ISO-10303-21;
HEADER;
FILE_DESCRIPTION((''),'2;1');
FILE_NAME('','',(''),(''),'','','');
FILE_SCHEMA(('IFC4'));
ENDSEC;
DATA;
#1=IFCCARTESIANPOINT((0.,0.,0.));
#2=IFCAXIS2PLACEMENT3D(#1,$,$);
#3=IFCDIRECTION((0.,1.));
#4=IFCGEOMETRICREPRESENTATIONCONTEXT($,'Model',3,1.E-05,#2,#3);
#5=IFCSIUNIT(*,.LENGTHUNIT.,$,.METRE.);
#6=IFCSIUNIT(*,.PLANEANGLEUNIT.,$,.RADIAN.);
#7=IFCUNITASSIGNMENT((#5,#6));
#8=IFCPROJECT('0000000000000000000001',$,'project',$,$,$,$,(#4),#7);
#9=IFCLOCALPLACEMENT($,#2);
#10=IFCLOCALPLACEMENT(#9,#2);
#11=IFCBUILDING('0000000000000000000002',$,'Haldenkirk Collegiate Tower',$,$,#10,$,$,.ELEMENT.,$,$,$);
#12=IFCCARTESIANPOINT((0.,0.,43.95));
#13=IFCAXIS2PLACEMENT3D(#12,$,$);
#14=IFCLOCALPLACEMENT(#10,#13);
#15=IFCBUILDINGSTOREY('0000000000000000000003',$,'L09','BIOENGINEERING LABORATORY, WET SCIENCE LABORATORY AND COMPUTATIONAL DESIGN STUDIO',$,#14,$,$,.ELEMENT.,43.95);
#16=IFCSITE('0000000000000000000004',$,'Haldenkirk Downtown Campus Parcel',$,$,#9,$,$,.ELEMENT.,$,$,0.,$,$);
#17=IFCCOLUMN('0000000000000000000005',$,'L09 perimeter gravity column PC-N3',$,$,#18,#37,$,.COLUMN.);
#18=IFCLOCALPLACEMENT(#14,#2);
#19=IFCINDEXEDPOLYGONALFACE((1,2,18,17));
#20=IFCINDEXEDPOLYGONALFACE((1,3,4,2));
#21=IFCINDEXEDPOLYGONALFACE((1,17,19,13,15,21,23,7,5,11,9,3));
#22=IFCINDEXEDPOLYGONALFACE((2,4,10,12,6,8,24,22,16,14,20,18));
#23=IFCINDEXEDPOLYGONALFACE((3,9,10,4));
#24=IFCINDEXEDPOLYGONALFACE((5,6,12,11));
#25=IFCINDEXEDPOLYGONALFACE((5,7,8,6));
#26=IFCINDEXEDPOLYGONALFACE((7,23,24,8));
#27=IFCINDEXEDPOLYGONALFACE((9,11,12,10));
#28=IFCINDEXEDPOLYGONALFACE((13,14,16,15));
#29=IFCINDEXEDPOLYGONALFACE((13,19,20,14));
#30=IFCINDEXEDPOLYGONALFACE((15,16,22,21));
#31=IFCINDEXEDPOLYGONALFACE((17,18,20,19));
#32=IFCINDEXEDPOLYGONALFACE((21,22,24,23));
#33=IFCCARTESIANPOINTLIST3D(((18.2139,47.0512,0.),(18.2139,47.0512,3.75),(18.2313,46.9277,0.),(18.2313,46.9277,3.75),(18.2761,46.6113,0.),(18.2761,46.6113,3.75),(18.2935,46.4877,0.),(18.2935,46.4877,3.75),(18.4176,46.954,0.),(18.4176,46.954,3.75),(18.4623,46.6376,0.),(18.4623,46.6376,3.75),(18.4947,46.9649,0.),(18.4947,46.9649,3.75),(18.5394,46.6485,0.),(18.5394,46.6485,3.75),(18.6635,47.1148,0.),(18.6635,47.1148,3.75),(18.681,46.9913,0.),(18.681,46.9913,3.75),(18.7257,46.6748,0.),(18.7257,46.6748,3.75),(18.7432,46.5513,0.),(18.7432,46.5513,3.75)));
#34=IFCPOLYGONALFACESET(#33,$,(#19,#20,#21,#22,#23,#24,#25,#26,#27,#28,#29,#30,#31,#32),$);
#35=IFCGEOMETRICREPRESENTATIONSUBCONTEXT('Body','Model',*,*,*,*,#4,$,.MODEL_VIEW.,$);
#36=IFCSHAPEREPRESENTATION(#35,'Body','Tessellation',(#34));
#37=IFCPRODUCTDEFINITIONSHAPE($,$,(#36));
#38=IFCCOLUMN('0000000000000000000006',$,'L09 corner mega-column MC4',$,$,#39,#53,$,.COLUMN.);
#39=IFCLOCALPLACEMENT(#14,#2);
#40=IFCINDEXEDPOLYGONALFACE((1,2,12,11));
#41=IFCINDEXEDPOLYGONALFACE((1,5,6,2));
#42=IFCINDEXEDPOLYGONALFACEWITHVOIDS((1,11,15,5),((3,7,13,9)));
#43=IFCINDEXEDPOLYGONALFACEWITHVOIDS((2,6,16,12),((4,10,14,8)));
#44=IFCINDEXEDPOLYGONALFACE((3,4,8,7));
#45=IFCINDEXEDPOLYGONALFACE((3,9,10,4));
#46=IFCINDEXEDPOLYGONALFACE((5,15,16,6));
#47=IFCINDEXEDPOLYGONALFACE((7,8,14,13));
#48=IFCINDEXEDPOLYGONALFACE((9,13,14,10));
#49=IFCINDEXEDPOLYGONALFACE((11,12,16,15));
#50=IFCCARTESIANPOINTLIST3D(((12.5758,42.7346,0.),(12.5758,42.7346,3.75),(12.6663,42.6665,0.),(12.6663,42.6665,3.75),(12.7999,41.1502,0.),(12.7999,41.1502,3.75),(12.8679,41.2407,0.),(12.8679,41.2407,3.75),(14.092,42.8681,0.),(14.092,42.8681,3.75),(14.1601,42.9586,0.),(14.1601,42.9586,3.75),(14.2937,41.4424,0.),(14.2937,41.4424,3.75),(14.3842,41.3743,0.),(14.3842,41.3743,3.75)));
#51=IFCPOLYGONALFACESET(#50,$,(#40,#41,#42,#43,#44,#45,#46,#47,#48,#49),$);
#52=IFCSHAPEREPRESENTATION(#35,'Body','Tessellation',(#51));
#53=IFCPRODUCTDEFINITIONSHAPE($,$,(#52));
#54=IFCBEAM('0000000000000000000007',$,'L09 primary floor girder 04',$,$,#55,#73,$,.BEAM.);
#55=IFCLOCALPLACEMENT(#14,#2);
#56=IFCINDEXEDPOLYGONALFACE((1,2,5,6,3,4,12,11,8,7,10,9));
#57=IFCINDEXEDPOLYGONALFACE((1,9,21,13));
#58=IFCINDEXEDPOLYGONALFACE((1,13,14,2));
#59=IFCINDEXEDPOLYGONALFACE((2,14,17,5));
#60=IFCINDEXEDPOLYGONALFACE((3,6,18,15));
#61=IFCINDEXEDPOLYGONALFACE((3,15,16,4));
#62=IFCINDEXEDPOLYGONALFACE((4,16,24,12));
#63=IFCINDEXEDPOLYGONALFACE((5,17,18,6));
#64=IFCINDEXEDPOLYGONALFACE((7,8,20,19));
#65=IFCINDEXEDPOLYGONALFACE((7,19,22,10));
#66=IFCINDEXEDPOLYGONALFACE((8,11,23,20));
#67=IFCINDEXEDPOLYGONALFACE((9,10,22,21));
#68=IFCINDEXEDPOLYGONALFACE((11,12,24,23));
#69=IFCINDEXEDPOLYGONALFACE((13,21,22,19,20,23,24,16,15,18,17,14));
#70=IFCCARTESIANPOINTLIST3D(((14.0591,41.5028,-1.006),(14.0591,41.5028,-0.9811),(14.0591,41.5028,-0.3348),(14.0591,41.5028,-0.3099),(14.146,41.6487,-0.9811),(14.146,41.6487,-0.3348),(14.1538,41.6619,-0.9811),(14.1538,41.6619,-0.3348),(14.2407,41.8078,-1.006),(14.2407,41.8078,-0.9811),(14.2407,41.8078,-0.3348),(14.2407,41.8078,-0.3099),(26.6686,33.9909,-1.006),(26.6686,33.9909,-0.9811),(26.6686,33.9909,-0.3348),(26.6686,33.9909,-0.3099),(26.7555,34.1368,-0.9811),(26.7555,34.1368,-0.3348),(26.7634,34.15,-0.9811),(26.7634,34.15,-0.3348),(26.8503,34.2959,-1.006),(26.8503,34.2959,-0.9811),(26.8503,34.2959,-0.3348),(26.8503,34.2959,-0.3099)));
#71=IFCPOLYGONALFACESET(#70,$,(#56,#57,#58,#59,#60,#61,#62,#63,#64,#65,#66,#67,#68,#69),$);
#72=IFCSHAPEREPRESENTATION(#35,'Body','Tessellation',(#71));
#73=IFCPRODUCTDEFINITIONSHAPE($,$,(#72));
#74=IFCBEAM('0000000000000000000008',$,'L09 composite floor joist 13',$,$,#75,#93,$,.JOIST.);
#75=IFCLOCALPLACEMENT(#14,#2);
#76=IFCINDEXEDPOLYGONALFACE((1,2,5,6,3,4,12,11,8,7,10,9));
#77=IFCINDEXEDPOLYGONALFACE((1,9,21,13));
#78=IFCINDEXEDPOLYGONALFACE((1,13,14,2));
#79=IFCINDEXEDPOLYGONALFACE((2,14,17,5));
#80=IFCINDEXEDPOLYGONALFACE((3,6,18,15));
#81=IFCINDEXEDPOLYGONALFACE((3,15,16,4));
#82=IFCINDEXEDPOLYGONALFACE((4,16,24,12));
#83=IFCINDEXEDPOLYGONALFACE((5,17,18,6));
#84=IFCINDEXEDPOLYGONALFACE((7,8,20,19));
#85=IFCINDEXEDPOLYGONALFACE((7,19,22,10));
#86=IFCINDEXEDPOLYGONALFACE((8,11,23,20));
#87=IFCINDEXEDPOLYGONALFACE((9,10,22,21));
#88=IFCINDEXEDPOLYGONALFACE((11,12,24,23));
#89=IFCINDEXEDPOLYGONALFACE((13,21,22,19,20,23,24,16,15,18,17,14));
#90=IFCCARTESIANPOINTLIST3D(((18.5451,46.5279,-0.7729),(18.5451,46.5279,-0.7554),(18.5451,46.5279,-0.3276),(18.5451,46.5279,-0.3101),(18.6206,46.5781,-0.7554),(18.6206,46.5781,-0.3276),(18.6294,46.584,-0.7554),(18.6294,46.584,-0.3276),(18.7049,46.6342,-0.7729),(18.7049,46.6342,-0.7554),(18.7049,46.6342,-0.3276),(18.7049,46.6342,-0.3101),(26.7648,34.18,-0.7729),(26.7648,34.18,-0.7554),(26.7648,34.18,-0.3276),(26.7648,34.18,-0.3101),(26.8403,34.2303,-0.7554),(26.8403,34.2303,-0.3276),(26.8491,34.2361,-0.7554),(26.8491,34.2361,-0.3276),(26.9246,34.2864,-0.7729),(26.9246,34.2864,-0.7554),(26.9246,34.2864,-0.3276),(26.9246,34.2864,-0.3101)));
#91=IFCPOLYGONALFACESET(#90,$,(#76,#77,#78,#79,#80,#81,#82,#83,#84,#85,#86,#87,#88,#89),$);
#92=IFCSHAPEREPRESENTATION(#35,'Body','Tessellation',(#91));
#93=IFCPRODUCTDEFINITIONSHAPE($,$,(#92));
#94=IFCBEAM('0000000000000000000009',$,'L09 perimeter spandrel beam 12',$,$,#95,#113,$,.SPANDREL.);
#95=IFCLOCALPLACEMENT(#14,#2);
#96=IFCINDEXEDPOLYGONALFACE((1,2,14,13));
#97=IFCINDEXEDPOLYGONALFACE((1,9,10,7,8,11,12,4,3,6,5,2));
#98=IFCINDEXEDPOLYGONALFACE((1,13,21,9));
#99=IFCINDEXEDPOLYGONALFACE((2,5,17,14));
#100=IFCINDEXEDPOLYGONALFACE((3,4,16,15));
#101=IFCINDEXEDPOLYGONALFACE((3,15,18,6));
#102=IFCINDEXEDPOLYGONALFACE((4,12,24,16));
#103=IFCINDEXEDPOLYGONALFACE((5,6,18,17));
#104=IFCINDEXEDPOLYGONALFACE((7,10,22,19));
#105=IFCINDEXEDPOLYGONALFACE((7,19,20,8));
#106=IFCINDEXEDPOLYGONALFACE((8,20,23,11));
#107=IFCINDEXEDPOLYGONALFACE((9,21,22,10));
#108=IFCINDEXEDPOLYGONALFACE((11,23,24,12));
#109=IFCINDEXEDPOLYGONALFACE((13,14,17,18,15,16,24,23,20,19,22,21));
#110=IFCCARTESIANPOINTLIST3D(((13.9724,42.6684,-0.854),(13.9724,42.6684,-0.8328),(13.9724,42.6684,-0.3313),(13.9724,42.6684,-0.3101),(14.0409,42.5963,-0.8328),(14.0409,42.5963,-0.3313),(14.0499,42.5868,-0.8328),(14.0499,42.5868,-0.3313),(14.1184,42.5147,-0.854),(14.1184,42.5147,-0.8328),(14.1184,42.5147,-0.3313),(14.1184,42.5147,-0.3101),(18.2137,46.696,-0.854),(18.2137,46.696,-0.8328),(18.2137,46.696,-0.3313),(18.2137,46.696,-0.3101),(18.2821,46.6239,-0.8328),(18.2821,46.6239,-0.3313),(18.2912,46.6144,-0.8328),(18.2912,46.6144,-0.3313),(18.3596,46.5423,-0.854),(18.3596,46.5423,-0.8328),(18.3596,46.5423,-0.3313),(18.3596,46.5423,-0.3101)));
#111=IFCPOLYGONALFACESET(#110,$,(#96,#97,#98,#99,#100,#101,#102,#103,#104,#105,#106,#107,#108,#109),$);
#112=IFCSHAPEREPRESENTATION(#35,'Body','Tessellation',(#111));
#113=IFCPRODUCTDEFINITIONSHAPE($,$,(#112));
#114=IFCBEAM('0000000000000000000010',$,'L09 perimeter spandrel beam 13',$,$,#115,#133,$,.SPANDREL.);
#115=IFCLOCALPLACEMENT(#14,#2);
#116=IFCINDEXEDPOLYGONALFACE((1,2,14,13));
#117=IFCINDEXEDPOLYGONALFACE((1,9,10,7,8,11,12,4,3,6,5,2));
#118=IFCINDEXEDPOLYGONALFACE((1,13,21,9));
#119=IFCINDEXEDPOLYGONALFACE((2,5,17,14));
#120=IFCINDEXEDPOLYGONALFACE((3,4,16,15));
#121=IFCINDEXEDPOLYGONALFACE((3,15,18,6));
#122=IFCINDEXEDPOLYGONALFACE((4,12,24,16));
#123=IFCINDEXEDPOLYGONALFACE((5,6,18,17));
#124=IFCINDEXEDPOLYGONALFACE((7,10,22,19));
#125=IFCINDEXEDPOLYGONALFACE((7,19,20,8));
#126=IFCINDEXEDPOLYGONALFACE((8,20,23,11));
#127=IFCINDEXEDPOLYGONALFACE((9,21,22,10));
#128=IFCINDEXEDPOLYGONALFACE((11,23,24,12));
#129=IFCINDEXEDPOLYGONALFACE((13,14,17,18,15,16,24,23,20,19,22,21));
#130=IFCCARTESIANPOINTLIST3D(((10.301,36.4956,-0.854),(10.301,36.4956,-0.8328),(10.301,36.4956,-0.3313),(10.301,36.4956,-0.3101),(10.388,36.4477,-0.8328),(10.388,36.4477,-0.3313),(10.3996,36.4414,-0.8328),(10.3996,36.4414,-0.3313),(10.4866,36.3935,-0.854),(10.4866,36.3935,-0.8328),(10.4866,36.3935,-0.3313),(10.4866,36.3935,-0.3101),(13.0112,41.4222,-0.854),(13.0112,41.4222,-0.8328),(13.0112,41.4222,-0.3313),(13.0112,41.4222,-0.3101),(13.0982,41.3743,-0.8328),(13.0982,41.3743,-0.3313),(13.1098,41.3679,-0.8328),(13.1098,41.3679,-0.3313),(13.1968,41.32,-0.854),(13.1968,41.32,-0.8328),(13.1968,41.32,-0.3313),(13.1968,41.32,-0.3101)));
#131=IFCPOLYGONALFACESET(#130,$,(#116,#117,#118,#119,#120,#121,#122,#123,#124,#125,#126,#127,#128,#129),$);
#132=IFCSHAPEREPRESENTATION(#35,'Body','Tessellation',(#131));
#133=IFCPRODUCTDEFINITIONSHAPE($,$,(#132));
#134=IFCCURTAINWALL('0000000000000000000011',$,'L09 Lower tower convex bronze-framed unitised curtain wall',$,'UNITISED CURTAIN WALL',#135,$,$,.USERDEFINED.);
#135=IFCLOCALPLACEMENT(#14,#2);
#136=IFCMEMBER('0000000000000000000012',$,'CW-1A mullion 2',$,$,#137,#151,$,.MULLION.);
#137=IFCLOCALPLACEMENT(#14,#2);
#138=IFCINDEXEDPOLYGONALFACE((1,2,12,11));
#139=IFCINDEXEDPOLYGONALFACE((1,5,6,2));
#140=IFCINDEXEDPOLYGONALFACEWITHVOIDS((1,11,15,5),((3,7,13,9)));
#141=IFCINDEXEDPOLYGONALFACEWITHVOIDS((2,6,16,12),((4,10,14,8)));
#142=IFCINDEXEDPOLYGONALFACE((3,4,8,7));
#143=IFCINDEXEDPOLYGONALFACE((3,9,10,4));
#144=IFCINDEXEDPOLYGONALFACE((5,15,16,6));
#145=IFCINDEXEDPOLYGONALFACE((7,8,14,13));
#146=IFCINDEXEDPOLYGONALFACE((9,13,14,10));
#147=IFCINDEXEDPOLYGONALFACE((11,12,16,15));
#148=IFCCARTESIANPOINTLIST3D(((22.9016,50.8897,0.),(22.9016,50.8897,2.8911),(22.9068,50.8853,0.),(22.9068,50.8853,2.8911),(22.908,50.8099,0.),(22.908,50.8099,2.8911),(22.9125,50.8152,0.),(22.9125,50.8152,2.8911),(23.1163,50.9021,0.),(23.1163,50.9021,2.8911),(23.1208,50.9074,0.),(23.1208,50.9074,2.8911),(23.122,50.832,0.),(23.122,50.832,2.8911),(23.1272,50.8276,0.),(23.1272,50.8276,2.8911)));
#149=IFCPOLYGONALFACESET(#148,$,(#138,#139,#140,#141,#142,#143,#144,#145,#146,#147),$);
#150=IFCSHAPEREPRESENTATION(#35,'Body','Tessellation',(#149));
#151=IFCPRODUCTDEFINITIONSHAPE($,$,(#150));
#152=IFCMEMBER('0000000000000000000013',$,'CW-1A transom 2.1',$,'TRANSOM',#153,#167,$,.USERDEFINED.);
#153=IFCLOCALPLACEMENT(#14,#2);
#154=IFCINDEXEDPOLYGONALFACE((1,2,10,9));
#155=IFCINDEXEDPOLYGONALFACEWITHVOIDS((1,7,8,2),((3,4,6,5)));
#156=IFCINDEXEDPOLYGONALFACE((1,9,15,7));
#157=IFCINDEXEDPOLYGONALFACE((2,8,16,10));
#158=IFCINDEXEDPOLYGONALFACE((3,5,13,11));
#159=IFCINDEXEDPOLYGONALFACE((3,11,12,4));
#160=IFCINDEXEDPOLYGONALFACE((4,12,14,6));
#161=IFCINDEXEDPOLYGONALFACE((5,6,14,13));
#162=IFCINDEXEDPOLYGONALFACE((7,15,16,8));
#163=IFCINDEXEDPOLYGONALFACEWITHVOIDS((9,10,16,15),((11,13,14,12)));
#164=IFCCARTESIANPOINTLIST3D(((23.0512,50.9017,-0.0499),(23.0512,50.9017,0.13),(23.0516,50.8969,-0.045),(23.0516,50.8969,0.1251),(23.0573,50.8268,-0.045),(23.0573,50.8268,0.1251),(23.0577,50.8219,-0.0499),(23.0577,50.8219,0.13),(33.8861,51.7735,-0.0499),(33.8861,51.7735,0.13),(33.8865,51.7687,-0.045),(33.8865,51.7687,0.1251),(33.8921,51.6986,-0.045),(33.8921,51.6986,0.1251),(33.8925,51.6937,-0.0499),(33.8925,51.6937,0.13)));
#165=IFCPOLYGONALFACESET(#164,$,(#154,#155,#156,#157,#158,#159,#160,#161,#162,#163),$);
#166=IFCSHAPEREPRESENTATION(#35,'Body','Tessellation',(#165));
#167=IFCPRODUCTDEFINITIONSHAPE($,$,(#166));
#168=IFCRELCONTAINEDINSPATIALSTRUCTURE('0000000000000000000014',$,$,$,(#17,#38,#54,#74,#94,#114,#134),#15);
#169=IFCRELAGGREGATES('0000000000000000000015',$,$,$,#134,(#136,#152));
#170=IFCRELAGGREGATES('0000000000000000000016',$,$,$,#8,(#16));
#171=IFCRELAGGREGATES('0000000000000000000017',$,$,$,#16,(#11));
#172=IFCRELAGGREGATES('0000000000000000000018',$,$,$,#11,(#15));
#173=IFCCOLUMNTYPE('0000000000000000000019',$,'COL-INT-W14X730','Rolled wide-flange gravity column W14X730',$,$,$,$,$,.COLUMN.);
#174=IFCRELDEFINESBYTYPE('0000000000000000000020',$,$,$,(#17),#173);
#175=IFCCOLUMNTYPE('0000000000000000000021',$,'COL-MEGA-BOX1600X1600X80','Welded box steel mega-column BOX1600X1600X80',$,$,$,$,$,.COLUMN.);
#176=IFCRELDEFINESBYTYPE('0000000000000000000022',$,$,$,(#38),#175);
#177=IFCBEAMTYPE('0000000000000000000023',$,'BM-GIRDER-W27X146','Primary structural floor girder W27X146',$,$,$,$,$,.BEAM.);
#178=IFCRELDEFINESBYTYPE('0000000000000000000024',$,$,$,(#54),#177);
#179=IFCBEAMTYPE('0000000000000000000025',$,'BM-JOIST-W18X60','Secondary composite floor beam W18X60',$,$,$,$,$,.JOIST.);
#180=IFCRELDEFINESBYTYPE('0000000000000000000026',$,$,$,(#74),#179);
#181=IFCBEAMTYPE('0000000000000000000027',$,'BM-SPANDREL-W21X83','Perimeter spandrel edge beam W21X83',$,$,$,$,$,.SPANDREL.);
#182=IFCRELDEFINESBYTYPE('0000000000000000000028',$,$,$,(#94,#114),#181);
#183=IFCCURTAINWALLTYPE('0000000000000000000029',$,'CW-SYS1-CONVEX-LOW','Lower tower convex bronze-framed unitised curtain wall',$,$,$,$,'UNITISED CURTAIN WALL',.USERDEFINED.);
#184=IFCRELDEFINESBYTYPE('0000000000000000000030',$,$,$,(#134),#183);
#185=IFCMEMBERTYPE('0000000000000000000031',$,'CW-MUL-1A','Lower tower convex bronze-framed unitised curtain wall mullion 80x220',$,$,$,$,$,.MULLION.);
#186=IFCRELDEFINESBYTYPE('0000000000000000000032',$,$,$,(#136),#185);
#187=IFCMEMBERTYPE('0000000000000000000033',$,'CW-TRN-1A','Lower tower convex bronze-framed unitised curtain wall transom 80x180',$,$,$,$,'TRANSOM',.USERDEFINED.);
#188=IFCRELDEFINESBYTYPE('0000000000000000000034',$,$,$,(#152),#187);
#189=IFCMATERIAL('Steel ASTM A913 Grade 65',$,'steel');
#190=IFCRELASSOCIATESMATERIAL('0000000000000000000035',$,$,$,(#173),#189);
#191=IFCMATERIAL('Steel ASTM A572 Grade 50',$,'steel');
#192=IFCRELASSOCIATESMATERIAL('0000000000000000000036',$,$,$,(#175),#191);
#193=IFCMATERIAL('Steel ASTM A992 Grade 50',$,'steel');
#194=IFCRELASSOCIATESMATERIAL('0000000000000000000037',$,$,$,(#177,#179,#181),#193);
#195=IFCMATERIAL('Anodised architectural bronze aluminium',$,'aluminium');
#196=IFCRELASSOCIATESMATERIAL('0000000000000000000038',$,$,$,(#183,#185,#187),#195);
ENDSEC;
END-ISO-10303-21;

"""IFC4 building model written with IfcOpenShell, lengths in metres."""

from ifc_helpers import new_model, si_unit, direction, frame, origin, origin_2d, place, context, subcontext, project, spatial, hollow_rectangle, i_section, extrude, material, material_profile, profile_set, type_object, element, aggregate, save


model = new_model("IFC4")

# Units and contexts
model_context = context("Model", 3, precision=1e-05, world=origin(), true_north=direction((0.0, 1.0)))
body_context = subcontext(model_context, "Body", "Model", "MODEL_VIEW")
ifc_project = project(units=[si_unit("LENGTHUNIT", "METRE"), si_unit("PLANEANGLEUNIT", "RADIAN")], contexts=[model_context])

# Site, building, storey
site_placement = place(None, origin())
site = spatial("IfcSite", under=ifc_project, at=site_placement, Name="Haldenkirk Downtown Campus Parcel", CompositionType="ELEMENT", RefElevation=0.0)
building_placement = place(site_placement, origin())
building = spatial("IfcBuilding", under=site, at=building_placement, Name="Haldenkirk Collegiate Tower", CompositionType="ELEMENT")
storey_placement = place(building_placement, frame((0.0, 0.0, 43.95)))
storey = spatial("IfcBuildingStorey", under=building, at=storey_placement, Name="L09", Description="BIOENGINEERING LABORATORY, WET SCIENCE LABORATORY AND COMPUTATIONAL DESIGN STUDIO", CompositionType="ELEMENT", Elevation=43.95)

# Columns
ifc_material_1 = material(Name="Steel ASTM A913 Grade 65", Category="steel")
ifc_material_profile_1 = material_profile(ifc_material_1, i_section(OverallWidth=0.4541, OverallDepth=0.5691, WebThickness=0.0779, FlangeThickness=0.1248, at=origin_2d()), Name="W14X730")
ifc_profile_set_1 = profile_set([ifc_material_profile_1], Name="Steel ASTM A913 Grade 65")
column_type_1 = type_object("IfcColumnType", Name="COL-INT-W14X730", Description="Rolled wide-flange gravity column W14X730", PredefinedType="COLUMN", material=ifc_profile_set_1)
column_1_placement = place(storey_placement, frame((18.4785, 46.8013, 0.0), z_axis=(0.0, 0.0, 1.0), x_axis=(0.990146, 0.140037, 0.0)))
element("IfcColumn", 1, at=column_1_placement, inside=storey, type_object=column_type_1, Name="L09 perimeter gravity column PC-N3", PredefinedType="COLUMN", context=body_context, shape_type="SweptSolid", body=[
    extrude(i_section(OverallWidth=0.4541, OverallDepth=0.5691, WebThickness=0.0779, FlangeThickness=0.1248, at=origin_2d()), origin(), (0.0, 0.0, 1.0), 3.75),
])
ifc_material_2 = material(Name="Steel ASTM A572 Grade 50", Category="steel")
ifc_material_profile_2 = material_profile(ifc_material_2, hollow_rectangle(XDim=1.6001, YDim=1.6001, WallThickness=0.0801, at=origin_2d()), Name="BOX1600X1600X80")
ifc_profile_set_2 = profile_set([ifc_material_profile_2], Name="Steel ASTM A572 Grade 50")
column_type_2 = type_object("IfcColumnType", Name="COL-MEGA-BOX1600X1600X80", Description="Welded box steel mega-column BOX1600X1600X80", PredefinedType="COLUMN", material=ifc_profile_set_2)
column_2_placement = place(storey_placement, frame((13.48, 42.0544, 0.0), z_axis=(0.0, 0.0, 1.0), x_axis=(0.990146, 0.140037, 0.0)))
element("IfcColumn", 2, at=column_2_placement, inside=storey, type_object=column_type_2, Name="L09 corner mega-column MC4", PredefinedType="COLUMN", context=body_context, shape_type="SweptSolid", body=[
    extrude(hollow_rectangle(XDim=1.6001, YDim=1.6001, WallThickness=0.0801, at=origin_2d()), origin(), (0.0, 0.0, 1.0), 3.75),
])

# Beams
ifc_material_3 = material(Name="Steel ASTM A992 Grade 50", Category="steel")
ifc_material_profile_3 = material_profile(ifc_material_3, i_section(OverallWidth=0.355, OverallDepth=0.696, WebThickness=0.0154, FlangeThickness=0.0249, at=origin_2d()), Name="W27X146")
ifc_profile_set_3 = profile_set([ifc_material_profile_3], Name="Steel ASTM A992 Grade 50")
beam_type_1 = type_object("IfcBeamType", Name="BM-GIRDER-W27X146", Description="Primary structural floor girder W27X146", PredefinedType="BEAM", material=ifc_profile_set_3)
beam_1_placement = place(storey_placement, frame((14.1499, 41.6553, -0.658), z_axis=(0.859106, -0.511798, 0.0), x_axis=(0.511798, 0.859106, 0.0)))
element("IfcBeam", 3, at=beam_1_placement, inside=storey, type_object=beam_type_1, Name="L09 primary floor girder 04", PredefinedType="BEAM", context=body_context, shape_type="SweptSolid", body=[
    extrude(i_section(OverallWidth=0.355, OverallDepth=0.696, WebThickness=0.0154, FlangeThickness=0.0249, at=origin_2d()), origin(), (0.0, 0.0, 1.0), 14.6775),
])
ifc_material_profile_4 = material_profile(ifc_material_3, i_section(OverallWidth=0.1919, OverallDepth=0.4629, WebThickness=0.0105, FlangeThickness=0.0176, at=origin_2d()), Name="W18X60")
ifc_profile_set_4 = profile_set([ifc_material_profile_4], Name="Steel ASTM A992 Grade 50")
beam_type_2 = type_object("IfcBeamType", Name="BM-JOIST-W18X60", Description="Secondary composite floor beam W18X60", PredefinedType="JOIST", material=ifc_profile_set_4)
beam_2_placement = place(storey_placement, frame((18.625, 46.5811, -0.5415), z_axis=(0.55413, -0.83243, 0.0), x_axis=(0.83243, 0.55413, 0.0)))
element("IfcBeam", 4, at=beam_2_placement, inside=storey, type_object=beam_type_2, Name="L09 composite floor joist 13", PredefinedType="JOIST", context=body_context, shape_type="SweptSolid", body=[
    extrude(i_section(OverallWidth=0.1919, OverallDepth=0.4629, WebThickness=0.0105, FlangeThickness=0.0176, at=origin_2d()), origin(), (0.0, 0.0, 1.0), 14.8335),
])
ifc_material_profile_5 = material_profile(ifc_material_3, i_section(OverallWidth=0.2119, OverallDepth=0.5439, WebThickness=0.0132, FlangeThickness=0.0212, at=origin_2d()), Name="W21X83")
ifc_profile_set_5 = profile_set([ifc_material_profile_5], Name="Steel ASTM A992 Grade 50")
beam_type_3 = type_object("IfcBeamType", Name="BM-SPANDREL-W21X83", Description="Perimeter spandrel edge beam W21X83", PredefinedType="SPANDREL", material=ifc_profile_set_5)
beam_3_placement = place(storey_placement, frame((18.2866, 46.6191, -0.582), z_axis=(-0.725133, -0.688609, 0.0), x_axis=(0.688609, -0.725133, 0.0)))
element("IfcBeam", 5, at=beam_3_placement, inside=storey, type_object=beam_type_3, Name="L09 perimeter spandrel beam 12", PredefinedType="SPANDREL", context=body_context, shape_type="SweptSolid", body=[
    extrude(i_section(OverallWidth=0.2119, OverallDepth=0.5439, WebThickness=0.0132, FlangeThickness=0.0212, at=origin_2d()), origin(), (0.0, 0.0, 1.0), 5.8489),
])
beam_4_placement = place(storey_placement, frame((13.104, 41.3711, -0.582), z_axis=(-0.482004, -0.876169, 0.0), x_axis=(0.876169, -0.482004, 0.0)))
element("IfcBeam", 6, at=beam_4_placement, inside=storey, type_object=beam_type_3, Name="L09 perimeter spandrel beam 13", PredefinedType="SPANDREL", context=body_context, shape_type="SweptSolid", body=[
    extrude(i_section(OverallWidth=0.2119, OverallDepth=0.5439, WebThickness=0.0132, FlangeThickness=0.0212, at=origin_2d()), origin(), (0.0, 0.0, 1.0), 5.6228),
])

# Curtain wall, members
ifc_material_4 = material(Name="Anodised architectural bronze aluminium", Category="aluminium")
curtain_wall_type = type_object("IfcCurtainWallType", Name="CW-SYS1-CONVEX-LOW", Description="Lower tower convex bronze-framed unitised curtain wall", ElementType="UNITISED CURTAIN WALL", PredefinedType="USERDEFINED", material=ifc_material_4)
curtain_wall_placement = place(storey_placement, origin())
curtain_wall = element("IfcCurtainWall", 7, at=curtain_wall_placement, inside=storey, type_object=curtain_wall_type, Name="L09 Lower tower convex bronze-framed unitised curtain wall", ObjectType="UNITISED CURTAIN WALL", PredefinedType="USERDEFINED")
ifc_material_profile_6 = material_profile(ifc_material_4, hollow_rectangle(XDim=0.0801, YDim=0.22, WallThickness=0.0049, at=origin_2d()), Name="CW-MUL-1A")
ifc_profile_set_6 = profile_set([ifc_material_profile_6], Name="Anodised architectural bronze aluminium")
member_type_1 = type_object("IfcMemberType", Name="CW-MUL-1A", Description="Lower tower convex bronze-framed unitised curtain wall mullion 80x220", PredefinedType="MULLION", material=ifc_profile_set_6)
member_1_placement = place(storey_placement, frame((23.0144, 50.8586, 0.0), z_axis=(0.0, 0.0, 1.0), x_axis=(-0.080199, 0.996779, 0.0)))
member_1 = element("IfcMember", 8, at=member_1_placement, type_object=member_type_1, Name="CW-1A mullion 2", PredefinedType="MULLION", context=body_context, shape_type="SweptSolid", body=[
    extrude(hollow_rectangle(XDim=0.0801, YDim=0.22, WallThickness=0.0049, at=origin_2d()), origin(), (0.0, 0.0, 1.0), 2.8911),
])
ifc_material_profile_7 = material_profile(ifc_material_4, hollow_rectangle(XDim=0.0801, YDim=0.1799, WallThickness=0.0049, at=origin_2d()), Name="CW-TRN-1A")
ifc_profile_set_7 = profile_set([ifc_material_profile_7], Name="Anodised architectural bronze aluminium")
member_type_2 = type_object("IfcMemberType", Name="CW-TRN-1A", Description="Lower tower convex bronze-framed unitised curtain wall transom 80x180", ElementType="TRANSOM", PredefinedType="USERDEFINED", material=ifc_profile_set_7)
member_2_placement = place(storey_placement, frame((23.0544, 50.8618, 0.04), z_axis=(0.996778, 0.080205, 0.0), x_axis=(-0.080205, 0.996778, 0.0)))
member_2 = element("IfcMember", 9, at=member_2_placement, type_object=member_type_2, Name="CW-1A transom 2.1", ObjectType="TRANSOM", PredefinedType="USERDEFINED", context=body_context, shape_type="SweptSolid", body=[
    extrude(hollow_rectangle(XDim=0.0801, YDim=0.1799, WallThickness=0.0049, at=origin_2d()), origin(), (0.0, 0.0, 1.0), 10.8699),
])
aggregate(curtain_wall, [member_1, member_2])

save(model, "model.ifc")
